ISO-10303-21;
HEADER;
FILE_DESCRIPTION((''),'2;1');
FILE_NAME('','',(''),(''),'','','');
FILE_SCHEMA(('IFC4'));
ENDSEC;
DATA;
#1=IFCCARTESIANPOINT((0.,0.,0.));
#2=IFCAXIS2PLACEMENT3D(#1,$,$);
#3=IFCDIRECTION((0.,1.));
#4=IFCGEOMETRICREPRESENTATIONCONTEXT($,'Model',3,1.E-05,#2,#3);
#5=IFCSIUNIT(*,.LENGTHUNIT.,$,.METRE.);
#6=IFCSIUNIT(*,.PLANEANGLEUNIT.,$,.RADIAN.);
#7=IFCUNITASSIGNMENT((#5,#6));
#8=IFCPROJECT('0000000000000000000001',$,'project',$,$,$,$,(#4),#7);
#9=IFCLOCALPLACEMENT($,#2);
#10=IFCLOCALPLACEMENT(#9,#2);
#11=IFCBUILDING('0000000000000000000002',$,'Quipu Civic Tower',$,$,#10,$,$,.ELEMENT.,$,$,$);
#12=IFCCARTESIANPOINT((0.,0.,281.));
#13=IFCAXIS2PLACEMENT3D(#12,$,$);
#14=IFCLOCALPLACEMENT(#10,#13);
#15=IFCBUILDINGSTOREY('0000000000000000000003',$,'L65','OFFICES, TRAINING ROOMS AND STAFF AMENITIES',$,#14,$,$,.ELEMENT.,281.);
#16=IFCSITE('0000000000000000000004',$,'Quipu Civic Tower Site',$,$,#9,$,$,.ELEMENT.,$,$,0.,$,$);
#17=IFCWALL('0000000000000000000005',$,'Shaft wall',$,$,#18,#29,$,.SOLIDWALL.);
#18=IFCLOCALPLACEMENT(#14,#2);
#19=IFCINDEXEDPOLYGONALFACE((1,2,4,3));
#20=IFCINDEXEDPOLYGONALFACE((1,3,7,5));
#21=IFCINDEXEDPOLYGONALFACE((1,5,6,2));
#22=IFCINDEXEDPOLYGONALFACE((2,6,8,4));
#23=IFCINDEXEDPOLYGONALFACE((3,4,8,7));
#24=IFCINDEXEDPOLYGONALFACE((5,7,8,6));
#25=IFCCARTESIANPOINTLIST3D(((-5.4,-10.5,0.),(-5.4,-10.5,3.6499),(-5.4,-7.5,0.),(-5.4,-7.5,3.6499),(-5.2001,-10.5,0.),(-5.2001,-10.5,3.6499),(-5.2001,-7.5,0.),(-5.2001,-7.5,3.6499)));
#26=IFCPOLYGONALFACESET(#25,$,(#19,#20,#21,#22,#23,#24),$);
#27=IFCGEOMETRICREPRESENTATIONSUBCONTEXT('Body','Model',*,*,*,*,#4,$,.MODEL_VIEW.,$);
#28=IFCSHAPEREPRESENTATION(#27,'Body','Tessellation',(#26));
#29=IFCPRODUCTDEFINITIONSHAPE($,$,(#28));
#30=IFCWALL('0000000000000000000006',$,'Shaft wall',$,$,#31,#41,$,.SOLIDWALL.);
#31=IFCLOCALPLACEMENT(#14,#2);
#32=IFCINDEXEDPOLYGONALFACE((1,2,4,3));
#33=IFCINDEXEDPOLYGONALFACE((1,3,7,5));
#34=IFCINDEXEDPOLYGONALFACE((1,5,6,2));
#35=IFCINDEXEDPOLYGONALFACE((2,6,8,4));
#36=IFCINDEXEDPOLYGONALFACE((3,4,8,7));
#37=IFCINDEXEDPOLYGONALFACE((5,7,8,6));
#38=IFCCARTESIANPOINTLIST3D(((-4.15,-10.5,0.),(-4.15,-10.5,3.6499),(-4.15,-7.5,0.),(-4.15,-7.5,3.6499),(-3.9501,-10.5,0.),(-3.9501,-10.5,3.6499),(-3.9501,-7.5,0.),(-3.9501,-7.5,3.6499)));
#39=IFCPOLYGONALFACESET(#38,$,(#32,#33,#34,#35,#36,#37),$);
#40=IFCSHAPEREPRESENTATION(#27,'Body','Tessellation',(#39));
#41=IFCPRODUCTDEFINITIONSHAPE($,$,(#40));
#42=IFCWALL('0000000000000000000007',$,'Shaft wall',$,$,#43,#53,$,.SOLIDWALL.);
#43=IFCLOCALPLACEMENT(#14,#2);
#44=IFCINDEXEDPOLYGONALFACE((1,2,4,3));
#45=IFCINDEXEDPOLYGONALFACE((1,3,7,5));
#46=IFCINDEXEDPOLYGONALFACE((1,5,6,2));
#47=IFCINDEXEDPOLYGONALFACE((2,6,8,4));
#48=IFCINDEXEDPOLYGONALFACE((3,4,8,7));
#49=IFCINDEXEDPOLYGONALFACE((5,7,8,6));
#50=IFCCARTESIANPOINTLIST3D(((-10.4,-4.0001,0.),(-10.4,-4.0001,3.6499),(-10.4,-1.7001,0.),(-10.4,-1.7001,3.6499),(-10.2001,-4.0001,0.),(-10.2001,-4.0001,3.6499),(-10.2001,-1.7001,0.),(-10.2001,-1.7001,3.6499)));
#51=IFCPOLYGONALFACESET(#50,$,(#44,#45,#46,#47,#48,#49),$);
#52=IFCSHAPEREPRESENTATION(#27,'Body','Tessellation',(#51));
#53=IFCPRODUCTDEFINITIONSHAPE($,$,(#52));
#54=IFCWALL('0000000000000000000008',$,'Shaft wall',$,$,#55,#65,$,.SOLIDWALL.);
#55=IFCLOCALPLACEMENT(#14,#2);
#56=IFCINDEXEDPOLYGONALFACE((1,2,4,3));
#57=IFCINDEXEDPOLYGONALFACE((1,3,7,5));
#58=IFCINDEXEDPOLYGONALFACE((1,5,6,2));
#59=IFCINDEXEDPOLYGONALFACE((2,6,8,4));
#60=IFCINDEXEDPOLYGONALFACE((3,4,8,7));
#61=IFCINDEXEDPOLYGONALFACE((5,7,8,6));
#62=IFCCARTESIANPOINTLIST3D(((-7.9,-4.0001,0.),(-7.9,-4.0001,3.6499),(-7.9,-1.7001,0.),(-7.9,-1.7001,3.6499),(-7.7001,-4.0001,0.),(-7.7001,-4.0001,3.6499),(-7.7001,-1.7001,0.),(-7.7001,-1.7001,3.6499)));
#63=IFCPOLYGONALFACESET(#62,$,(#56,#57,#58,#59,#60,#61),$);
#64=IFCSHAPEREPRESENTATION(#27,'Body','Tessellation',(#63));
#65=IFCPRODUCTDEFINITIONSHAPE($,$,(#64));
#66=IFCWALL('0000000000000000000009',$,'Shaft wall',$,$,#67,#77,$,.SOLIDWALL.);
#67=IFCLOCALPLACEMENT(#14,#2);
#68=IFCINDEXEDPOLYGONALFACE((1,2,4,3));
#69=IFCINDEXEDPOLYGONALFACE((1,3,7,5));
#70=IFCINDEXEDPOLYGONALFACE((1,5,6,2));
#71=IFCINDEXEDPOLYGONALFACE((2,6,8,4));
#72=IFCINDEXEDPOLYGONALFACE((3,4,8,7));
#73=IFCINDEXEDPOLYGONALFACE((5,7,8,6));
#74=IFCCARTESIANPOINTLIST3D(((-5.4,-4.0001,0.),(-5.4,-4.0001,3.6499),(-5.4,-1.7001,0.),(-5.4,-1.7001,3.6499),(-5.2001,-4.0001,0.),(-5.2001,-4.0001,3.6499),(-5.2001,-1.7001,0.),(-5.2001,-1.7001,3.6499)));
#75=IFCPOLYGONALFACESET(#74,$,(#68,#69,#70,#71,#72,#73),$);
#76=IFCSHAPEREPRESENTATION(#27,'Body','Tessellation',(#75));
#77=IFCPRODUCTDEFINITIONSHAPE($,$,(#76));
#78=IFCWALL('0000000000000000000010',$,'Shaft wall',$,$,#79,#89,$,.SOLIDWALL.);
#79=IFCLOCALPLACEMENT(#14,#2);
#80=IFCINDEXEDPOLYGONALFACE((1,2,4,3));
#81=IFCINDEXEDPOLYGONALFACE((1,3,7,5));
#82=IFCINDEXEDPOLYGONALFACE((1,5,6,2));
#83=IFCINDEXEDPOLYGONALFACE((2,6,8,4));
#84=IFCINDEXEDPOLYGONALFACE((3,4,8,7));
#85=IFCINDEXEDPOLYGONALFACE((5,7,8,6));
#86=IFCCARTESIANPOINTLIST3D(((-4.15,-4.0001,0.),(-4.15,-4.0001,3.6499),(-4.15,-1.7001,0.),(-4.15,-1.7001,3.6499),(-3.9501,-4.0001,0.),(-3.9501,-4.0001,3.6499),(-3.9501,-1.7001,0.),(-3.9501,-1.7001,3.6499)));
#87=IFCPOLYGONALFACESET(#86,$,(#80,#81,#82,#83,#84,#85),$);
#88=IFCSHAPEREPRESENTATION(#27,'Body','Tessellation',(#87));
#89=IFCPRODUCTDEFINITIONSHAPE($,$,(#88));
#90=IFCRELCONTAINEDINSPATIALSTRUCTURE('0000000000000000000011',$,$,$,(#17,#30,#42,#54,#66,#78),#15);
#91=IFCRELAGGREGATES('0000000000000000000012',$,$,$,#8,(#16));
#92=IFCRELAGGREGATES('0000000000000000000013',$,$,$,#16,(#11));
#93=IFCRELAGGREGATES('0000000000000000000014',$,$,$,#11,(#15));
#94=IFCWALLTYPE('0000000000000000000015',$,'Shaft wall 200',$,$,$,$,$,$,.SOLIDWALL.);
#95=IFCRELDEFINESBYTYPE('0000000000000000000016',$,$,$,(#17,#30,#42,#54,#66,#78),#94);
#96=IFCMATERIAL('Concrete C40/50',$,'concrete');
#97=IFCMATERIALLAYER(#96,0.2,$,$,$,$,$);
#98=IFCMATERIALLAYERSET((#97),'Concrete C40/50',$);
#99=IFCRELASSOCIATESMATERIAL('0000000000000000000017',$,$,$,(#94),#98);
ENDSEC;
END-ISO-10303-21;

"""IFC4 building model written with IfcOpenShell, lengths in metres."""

from ifc_helpers import new_model, si_unit, direction, frame, frame_2d, origin, place, context, subcontext, project, spatial, rectangle, extrude, material, layer, layer_set, type_object, element, save


model = new_model("IFC4")

# Units and contexts
model_context = context("Model", 3, precision=1e-05, world=origin(), true_north=direction((0.0, 1.0)))
body_context = subcontext(model_context, "Body", "Model", "MODEL_VIEW")
ifc_project = project(units=[si_unit("LENGTHUNIT", "METRE"), si_unit("PLANEANGLEUNIT", "RADIAN")], contexts=[model_context])

# Site, building, storey
site_placement = place(None, origin())
site = spatial("IfcSite", under=ifc_project, at=site_placement, Name="Quipu Civic Tower Site", CompositionType="ELEMENT", RefElevation=0.0)
building_placement = place(site_placement, origin())
building = spatial("IfcBuilding", under=site, at=building_placement, Name="Quipu Civic Tower", CompositionType="ELEMENT")
storey_placement = place(building_placement, frame((0.0, 0.0, 281.0)))
storey = spatial("IfcBuildingStorey", under=building, at=storey_placement, Name="L65", Description="OFFICES, TRAINING ROOMS AND STAFF AMENITIES", CompositionType="ELEMENT", Elevation=281.0)

# Walls
ifc_material_1 = material(Name="Concrete C40/50", Category="concrete")
ifc_layer_1 = layer(ifc_material_1, 0.2)
ifc_layer_set_1 = layer_set([ifc_layer_1], Name="Concrete C40/50")
wall_type_1 = type_object("IfcWallType", Name="Shaft wall 200", PredefinedType="SOLIDWALL", material=ifc_layer_set_1)
for number, where, z_axis, x_axis, name in (
    (1, (-5.3, -10.5, 0.0), (0.0, 0.0, 1.0), (0.0, 1.0, 0.0), "Shaft wall"),
    (2, (-4.05, -10.5, 0.0), (0.0, 0.0, 1.0), (0.0, 1.0, 0.0), "Shaft wall"),
):
    element("IfcWall", number, at=place(storey_placement, frame(where, z_axis=z_axis, x_axis=x_axis)), inside=storey, type_object=wall_type_1, Name=name, PredefinedType="SOLIDWALL", context=body_context, shape_type="SweptSolid", body=[
        extrude(rectangle(XDim=3.0, YDim=0.2, at=frame_2d((1.5, 0.0))), origin(), (0.0, 0.0, 1.0), 3.6499),
    ])
for number, where, z_axis, x_axis, name in (
    (3, (-10.3, -4.0, 0.0), (0.0, 0.0, 1.0), (0.0, 1.0, 0.0), "Shaft wall"),
    (4, (-7.8, -4.0, 0.0), (0.0, 0.0, 1.0), (0.0, 1.0, 0.0), "Shaft wall"),
    (5, (-5.3, -4.0, 0.0), (0.0, 0.0, 1.0), (0.0, 1.0, 0.0), "Shaft wall"),
    (6, (-4.05, -4.0, 0.0), (0.0, 0.0, 1.0), (0.0, 1.0, 0.0), "Shaft wall"),
):
    element("IfcWall", number, at=place(storey_placement, frame(where, z_axis=z_axis, x_axis=x_axis)), inside=storey, type_object=wall_type_1, Name=name, PredefinedType="SOLIDWALL", context=body_context, shape_type="SweptSolid", body=[
        extrude(rectangle(XDim=2.3, YDim=0.2, at=frame_2d((1.1499, 0.0))), origin(), (0.0, 0.0, 1.0), 3.6499),
    ])

save(model, "model.ifc")
